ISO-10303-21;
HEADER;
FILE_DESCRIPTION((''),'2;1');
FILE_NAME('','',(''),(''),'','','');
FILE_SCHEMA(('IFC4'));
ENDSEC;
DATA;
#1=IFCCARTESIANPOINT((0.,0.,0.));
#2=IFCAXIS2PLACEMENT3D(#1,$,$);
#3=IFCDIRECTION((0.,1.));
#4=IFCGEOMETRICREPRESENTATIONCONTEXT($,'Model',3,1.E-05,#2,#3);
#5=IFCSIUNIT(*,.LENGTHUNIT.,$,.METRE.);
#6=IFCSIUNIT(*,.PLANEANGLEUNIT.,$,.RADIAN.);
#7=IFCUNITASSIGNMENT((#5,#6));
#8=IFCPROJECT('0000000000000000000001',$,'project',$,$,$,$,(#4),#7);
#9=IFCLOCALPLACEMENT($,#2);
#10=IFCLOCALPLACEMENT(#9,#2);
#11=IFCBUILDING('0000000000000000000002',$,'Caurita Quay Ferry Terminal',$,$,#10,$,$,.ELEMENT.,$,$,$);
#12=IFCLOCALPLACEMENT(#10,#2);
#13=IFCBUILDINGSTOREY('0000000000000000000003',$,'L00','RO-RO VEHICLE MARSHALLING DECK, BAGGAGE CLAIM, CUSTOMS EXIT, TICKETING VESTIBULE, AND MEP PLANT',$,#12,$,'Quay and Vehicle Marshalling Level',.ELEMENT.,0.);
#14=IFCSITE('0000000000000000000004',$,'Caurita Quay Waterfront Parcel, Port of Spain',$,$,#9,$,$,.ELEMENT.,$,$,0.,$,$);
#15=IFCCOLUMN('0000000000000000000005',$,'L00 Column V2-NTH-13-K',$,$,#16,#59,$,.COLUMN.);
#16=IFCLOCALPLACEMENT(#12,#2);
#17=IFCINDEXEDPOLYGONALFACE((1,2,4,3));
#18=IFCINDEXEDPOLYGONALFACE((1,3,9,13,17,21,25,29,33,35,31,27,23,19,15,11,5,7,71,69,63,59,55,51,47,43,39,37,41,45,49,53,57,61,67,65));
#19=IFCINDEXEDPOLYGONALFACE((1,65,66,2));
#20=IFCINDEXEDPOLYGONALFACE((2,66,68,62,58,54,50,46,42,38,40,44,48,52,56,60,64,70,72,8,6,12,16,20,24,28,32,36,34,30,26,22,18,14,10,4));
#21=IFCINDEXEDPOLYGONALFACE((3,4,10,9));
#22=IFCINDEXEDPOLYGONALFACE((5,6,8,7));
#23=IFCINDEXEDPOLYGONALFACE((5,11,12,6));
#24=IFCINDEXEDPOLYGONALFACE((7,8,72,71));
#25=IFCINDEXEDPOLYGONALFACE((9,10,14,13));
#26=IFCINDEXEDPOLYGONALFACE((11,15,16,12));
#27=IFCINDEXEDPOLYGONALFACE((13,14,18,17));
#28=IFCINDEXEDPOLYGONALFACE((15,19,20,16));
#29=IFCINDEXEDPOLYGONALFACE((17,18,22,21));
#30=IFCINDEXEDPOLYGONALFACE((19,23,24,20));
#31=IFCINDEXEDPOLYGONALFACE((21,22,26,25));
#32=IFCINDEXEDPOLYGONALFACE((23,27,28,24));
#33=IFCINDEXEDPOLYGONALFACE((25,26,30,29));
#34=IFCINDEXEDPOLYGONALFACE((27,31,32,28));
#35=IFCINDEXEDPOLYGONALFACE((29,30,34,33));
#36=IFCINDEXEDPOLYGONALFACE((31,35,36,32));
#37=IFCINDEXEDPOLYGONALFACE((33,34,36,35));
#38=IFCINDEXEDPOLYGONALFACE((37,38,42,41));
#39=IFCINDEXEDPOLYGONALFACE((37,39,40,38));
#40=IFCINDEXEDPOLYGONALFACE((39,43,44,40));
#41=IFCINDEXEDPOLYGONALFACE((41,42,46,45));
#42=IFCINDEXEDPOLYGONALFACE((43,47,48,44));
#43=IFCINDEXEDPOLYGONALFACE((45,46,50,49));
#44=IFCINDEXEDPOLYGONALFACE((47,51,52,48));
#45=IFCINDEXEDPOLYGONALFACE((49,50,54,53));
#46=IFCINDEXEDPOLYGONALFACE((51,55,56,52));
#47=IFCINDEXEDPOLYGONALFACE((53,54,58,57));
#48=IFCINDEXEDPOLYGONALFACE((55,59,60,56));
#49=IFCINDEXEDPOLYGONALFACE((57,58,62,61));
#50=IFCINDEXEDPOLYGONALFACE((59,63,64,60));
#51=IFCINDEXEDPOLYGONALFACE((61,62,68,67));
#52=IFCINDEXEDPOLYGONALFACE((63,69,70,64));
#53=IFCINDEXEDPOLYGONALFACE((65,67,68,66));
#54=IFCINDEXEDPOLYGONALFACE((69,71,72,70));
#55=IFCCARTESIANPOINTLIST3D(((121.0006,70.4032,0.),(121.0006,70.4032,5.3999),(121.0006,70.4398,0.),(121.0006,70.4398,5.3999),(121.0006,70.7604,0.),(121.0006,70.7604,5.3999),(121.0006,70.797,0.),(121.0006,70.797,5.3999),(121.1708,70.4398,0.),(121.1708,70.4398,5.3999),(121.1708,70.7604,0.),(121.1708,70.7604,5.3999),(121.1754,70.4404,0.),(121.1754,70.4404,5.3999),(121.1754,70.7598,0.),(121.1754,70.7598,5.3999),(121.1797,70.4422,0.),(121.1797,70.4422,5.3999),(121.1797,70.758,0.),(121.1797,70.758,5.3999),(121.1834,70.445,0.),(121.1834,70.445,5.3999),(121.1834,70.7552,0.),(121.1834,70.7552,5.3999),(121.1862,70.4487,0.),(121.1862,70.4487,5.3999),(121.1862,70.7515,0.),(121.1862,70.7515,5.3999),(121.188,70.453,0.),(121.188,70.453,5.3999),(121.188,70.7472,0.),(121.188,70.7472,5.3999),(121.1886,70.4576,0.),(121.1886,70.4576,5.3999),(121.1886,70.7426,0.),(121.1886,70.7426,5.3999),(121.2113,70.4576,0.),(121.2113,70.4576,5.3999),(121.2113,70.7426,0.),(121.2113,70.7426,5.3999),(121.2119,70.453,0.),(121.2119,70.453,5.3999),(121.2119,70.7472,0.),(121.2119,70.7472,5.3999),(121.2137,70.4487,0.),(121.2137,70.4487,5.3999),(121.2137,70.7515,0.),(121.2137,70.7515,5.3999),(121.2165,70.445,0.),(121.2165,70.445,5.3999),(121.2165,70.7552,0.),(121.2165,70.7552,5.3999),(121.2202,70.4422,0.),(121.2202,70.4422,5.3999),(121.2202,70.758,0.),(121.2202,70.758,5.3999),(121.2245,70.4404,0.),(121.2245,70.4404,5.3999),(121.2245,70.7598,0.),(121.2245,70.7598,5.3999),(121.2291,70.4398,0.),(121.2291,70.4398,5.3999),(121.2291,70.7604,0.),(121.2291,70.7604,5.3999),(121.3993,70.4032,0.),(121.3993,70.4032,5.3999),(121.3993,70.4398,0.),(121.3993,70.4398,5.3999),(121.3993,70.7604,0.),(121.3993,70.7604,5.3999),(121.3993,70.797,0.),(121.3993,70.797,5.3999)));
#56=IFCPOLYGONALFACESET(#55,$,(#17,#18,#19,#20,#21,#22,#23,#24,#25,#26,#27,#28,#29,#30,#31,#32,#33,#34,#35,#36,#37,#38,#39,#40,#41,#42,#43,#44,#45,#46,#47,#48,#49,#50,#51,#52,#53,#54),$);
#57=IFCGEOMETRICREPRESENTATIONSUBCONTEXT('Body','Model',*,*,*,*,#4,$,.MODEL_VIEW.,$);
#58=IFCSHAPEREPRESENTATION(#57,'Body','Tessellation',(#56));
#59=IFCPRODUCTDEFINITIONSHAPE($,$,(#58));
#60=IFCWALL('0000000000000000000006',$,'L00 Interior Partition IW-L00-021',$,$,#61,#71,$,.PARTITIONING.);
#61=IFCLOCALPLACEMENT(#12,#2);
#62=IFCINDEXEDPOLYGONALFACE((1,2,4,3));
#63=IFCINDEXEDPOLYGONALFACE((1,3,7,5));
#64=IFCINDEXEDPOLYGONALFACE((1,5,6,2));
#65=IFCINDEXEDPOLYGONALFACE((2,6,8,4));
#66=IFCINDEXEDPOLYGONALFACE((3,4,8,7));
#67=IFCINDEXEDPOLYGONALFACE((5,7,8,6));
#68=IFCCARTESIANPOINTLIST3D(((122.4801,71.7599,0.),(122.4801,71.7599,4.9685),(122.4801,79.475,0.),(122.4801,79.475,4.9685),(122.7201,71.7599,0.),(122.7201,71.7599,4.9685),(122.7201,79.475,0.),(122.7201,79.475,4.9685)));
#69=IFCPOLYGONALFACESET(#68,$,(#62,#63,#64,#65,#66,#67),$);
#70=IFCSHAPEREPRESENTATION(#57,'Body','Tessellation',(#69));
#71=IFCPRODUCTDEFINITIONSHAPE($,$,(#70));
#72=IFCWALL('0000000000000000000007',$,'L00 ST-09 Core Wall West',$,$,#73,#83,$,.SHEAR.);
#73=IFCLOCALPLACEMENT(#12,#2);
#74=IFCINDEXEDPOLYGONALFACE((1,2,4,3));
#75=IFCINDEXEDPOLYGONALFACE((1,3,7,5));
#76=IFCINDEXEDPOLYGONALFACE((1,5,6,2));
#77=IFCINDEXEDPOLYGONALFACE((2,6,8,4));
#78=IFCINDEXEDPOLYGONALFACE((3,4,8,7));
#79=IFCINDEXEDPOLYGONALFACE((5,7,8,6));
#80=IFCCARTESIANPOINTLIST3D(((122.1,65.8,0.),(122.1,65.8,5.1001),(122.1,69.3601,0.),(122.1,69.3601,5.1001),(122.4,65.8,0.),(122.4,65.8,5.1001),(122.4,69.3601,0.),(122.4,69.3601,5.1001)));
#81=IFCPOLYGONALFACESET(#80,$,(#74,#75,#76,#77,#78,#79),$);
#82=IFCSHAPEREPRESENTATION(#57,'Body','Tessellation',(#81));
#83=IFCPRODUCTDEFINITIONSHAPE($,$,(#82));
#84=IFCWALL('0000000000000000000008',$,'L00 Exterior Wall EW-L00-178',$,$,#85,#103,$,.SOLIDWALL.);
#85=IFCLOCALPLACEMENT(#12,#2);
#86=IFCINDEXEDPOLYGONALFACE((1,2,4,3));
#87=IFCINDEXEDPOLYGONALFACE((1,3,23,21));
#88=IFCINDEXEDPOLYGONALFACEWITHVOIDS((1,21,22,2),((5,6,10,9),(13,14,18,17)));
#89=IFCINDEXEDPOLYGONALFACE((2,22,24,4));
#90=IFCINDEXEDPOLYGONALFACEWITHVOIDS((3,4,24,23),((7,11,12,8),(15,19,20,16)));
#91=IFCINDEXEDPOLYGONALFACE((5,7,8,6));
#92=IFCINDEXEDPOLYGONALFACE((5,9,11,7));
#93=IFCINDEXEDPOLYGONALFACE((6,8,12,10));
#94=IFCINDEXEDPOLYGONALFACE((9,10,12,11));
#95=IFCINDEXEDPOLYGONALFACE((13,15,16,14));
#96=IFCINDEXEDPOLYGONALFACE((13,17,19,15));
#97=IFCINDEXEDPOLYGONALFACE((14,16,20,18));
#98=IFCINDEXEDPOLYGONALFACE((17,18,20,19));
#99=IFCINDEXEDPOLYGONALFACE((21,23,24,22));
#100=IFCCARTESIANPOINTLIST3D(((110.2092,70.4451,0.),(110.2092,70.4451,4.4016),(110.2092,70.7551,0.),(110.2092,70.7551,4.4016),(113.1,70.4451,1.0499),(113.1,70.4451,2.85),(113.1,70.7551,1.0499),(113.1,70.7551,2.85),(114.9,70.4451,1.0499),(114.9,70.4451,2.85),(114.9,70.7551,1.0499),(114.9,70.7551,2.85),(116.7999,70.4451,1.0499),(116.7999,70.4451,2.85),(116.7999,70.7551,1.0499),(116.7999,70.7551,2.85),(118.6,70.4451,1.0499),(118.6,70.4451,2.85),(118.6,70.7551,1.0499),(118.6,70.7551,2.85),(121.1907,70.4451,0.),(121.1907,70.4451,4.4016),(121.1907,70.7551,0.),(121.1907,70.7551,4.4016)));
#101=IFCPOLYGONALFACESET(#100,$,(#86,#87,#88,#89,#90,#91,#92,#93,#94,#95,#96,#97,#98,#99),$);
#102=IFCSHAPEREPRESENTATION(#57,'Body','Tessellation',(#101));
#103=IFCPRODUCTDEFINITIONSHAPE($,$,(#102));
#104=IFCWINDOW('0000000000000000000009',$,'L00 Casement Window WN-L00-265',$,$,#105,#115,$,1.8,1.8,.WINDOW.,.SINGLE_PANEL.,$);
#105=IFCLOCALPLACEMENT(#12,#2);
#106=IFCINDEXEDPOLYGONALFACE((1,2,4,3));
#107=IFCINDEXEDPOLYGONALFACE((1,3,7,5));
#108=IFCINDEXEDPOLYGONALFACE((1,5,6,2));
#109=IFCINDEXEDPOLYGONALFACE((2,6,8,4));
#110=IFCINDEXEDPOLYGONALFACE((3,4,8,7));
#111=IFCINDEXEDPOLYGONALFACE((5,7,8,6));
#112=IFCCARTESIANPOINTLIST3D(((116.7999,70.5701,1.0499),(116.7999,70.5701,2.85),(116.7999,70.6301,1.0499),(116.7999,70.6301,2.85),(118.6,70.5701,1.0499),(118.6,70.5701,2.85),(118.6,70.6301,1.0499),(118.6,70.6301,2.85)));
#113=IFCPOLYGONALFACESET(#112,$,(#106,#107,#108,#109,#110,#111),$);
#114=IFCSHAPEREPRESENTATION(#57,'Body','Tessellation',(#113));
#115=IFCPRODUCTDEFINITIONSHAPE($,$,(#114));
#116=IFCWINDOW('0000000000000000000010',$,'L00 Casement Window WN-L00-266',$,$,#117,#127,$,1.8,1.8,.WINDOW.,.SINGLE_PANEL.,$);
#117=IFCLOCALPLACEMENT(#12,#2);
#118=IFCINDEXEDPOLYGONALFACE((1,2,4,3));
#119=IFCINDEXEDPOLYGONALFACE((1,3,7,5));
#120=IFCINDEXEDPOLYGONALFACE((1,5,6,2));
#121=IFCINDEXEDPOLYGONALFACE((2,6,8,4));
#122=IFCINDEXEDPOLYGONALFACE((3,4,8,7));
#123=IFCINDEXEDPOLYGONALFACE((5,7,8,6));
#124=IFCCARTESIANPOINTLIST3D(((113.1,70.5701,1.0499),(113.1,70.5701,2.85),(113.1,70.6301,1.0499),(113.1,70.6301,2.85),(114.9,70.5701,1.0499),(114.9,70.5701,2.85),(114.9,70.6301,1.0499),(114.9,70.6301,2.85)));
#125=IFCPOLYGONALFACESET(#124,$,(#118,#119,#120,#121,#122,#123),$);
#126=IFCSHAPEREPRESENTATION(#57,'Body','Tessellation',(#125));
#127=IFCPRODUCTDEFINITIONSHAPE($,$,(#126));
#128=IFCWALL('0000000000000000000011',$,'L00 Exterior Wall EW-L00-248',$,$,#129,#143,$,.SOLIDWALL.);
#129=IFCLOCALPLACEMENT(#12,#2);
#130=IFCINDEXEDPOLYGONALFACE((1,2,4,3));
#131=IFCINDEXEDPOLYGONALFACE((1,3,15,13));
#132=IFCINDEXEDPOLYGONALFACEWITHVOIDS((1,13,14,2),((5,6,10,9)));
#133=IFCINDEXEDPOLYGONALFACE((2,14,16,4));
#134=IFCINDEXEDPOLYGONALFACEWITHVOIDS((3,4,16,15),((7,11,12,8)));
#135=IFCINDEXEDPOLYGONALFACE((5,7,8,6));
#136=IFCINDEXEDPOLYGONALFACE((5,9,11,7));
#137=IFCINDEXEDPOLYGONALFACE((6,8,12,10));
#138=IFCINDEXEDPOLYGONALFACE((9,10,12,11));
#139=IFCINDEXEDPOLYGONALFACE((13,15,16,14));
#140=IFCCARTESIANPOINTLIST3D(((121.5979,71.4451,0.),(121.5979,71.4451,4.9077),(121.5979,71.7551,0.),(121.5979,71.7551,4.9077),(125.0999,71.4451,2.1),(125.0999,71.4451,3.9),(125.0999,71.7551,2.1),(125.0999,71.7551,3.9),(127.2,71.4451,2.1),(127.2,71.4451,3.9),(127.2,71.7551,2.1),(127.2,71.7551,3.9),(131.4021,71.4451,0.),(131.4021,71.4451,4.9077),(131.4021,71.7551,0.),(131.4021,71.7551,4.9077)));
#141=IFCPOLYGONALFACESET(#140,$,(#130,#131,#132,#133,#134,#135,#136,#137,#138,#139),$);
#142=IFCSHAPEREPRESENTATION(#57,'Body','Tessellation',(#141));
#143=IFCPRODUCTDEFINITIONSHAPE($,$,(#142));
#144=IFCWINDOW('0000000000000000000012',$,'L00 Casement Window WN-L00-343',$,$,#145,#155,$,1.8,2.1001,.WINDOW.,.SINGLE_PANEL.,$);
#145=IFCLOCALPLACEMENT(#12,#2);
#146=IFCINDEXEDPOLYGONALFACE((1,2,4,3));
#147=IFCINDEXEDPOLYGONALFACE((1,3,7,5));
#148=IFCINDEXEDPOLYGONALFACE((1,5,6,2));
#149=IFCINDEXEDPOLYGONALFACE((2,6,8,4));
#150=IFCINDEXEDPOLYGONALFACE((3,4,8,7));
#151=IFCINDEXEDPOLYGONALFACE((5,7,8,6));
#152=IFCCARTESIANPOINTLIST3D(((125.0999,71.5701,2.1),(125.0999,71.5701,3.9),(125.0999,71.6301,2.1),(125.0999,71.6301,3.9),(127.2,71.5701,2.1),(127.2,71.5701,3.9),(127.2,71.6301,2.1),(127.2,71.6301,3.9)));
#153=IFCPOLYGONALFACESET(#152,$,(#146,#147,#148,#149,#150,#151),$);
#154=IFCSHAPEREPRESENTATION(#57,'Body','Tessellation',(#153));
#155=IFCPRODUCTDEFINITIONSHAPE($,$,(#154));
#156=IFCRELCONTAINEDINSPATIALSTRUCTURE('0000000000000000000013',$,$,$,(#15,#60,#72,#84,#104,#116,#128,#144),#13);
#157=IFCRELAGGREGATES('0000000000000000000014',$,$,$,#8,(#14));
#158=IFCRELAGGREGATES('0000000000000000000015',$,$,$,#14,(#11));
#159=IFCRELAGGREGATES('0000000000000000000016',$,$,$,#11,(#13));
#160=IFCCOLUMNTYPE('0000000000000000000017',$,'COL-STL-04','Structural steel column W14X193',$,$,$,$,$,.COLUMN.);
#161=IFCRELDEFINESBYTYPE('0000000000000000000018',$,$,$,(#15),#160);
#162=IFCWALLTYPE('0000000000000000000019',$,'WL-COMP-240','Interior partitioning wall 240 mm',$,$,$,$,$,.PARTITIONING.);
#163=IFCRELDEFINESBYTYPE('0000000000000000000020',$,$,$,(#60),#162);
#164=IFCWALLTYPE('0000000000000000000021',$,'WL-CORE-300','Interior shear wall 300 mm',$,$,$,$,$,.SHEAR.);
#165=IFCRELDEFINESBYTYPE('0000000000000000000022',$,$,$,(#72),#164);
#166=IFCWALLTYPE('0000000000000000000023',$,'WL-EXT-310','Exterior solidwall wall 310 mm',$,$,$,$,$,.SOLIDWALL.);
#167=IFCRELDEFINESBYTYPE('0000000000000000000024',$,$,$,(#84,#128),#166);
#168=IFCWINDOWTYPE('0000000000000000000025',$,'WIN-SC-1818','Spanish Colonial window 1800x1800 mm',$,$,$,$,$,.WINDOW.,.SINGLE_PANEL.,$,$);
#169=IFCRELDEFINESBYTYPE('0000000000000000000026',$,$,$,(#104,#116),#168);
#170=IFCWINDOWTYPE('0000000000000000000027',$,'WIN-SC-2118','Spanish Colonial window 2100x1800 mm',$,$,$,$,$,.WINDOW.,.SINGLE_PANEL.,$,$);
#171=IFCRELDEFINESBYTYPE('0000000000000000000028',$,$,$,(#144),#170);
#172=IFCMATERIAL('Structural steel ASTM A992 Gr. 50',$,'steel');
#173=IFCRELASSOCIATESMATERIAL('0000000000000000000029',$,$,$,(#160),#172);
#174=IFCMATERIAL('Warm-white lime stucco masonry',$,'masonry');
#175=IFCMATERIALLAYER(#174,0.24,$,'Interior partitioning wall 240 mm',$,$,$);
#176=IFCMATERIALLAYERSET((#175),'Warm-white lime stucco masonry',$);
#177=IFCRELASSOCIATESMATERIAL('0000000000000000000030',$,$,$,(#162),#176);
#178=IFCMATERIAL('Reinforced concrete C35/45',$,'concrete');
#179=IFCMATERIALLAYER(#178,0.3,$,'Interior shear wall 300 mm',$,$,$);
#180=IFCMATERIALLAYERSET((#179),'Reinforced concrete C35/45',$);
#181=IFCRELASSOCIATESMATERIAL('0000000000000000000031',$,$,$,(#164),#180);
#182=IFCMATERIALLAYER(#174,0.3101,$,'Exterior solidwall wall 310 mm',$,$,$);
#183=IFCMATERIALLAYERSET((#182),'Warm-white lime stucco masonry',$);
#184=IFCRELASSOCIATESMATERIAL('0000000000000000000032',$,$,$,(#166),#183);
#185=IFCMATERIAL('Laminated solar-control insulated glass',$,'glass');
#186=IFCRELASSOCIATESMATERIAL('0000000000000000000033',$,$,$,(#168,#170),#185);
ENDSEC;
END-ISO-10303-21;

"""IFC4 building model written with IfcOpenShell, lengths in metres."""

from ifc_helpers import new_model, si_unit, direction, frame, frame_2d, origin, origin_2d, place, context, subcontext, project, spatial, rectangle, i_section, extrude, material, layer, layer_set, material_profile, profile_set, type_object, element, fill, save


model = new_model("IFC4")

# Units and contexts
model_context = context("Model", 3, precision=1e-05, world=origin(), true_north=direction((0.0, 1.0)))
body_context = subcontext(model_context, "Body", "Model", "MODEL_VIEW")
ifc_project = project(units=[si_unit("LENGTHUNIT", "METRE"), si_unit("PLANEANGLEUNIT", "RADIAN")], contexts=[model_context])

# Site, building, storey
site_placement = place(None, origin())
site = spatial("IfcSite", under=ifc_project, at=site_placement, Name="Caurita Quay Waterfront Parcel, Port of Spain", CompositionType="ELEMENT", RefElevation=0.0)
building_placement = place(site_placement, origin())
building = spatial("IfcBuilding", under=site, at=building_placement, Name="Caurita Quay Ferry Terminal", CompositionType="ELEMENT")
storey_placement = place(building_placement, origin())
storey = spatial("IfcBuildingStorey", under=building, at=storey_placement, Name="L00", Description="RO-RO VEHICLE MARSHALLING DECK, BAGGAGE CLAIM, CUSTOMS EXIT, TICKETING VESTIBULE, AND MEP PLANT", LongName="Quay and Vehicle Marshalling Level", CompositionType="ELEMENT", Elevation=0.0)

# Column
ifc_material_1 = material(Name="Structural steel ASTM A992 Gr. 50", Category="steel")
ifc_material_profile_1 = material_profile(ifc_material_1, i_section(OverallWidth=0.3987, OverallDepth=0.3938, WebThickness=0.0227, FlangeThickness=0.0366, FilletRadius=0.0178, at=origin_2d()), Name="W14X193")
ifc_profile_set_1 = profile_set([ifc_material_profile_1], Name="Structural steel ASTM A992 Gr. 50")
column_type_1 = type_object("IfcColumnType", Name="COL-STL-04", Description="Structural steel column W14X193", PredefinedType="COLUMN", material=ifc_profile_set_1)
column_1_placement = place(storey_placement, frame((121.2, 70.6001, 0.0), z_axis=(0.0, 0.0, 1.0), x_axis=(1.0, 0.0, 0.0)))
element("IfcColumn", 1, at=column_1_placement, inside=storey, type_object=column_type_1, Name="L00 Column V2-NTH-13-K", PredefinedType="COLUMN", context=body_context, shape_type="SweptSolid", body=[
    extrude(i_section(OverallWidth=0.3987, OverallDepth=0.3938, WebThickness=0.0227, FlangeThickness=0.0366, FilletRadius=0.0178, at=origin_2d()), origin(), (0.0, 0.0, 1.0), 5.3999),
])

# Walls
ifc_material_2 = material(Name="Warm-white lime stucco masonry", Category="masonry")
ifc_layer_1 = layer(ifc_material_2, 0.24, Name="Interior partitioning wall 240 mm")
ifc_layer_set_1 = layer_set([ifc_layer_1], Name="Warm-white lime stucco masonry")
wall_type_1 = type_object("IfcWallType", Name="WL-COMP-240", Description="Interior partitioning wall 240 mm", PredefinedType="PARTITIONING", material=ifc_layer_set_1)
wall_1_placement = place(storey_placement, frame((122.6001, 71.76, 0.0), z_axis=(0.0, 0.0, 1.0), x_axis=(0.0, 1.0, 0.0)))
element("IfcWall", 2, at=wall_1_placement, inside=storey, type_object=wall_type_1, Name="L00 Interior Partition IW-L00-021", PredefinedType="PARTITIONING", context=body_context, shape_type="SweptSolid", body=[
    extrude(rectangle(XDim=7.7151, YDim=0.24, at=frame_2d((3.8574, 0.0))), origin(), (0.0, 0.0, 1.0), 4.9685),
])
ifc_material_3 = material(Name="Reinforced concrete C35/45", Category="concrete")
ifc_layer_2 = layer(ifc_material_3, 0.3, Name="Interior shear wall 300 mm")
ifc_layer_set_2 = layer_set([ifc_layer_2], Name="Reinforced concrete C35/45")
wall_type_2 = type_object("IfcWallType", Name="WL-CORE-300", Description="Interior shear wall 300 mm", PredefinedType="SHEAR", material=ifc_layer_set_2)
wall_2_placement = place(storey_placement, frame((122.25, 69.3601, 0.0), z_axis=(0.0, 0.0, 1.0), x_axis=(0.0, -1.0, 0.0)))
element("IfcWall", 3, at=wall_2_placement, inside=storey, type_object=wall_type_2, Name="L00 ST-09 Core Wall West", PredefinedType="SHEAR", context=body_context, shape_type="SweptSolid", body=[
    extrude(rectangle(XDim=3.5601, YDim=0.3, at=frame_2d((1.78, 0.0))), origin(), (0.0, 0.0, 1.0), 5.1001),
])

# Wall, openings, windows
ifc_layer_3 = layer(ifc_material_2, 0.3101, Name="Exterior solidwall wall 310 mm")
ifc_layer_set_3 = layer_set([ifc_layer_3], Name="Warm-white lime stucco masonry")
wall_type_3 = type_object("IfcWallType", Name="WL-EXT-310", Description="Exterior solidwall wall 310 mm", PredefinedType="SOLIDWALL", material=ifc_layer_set_3)
wall_3_placement = place(storey_placement, frame((121.1907, 70.6001, 0.0), z_axis=(0.0, 0.0, 1.0), x_axis=(-1.0, 0.0, 0.0)))
wall_3 = element("IfcWall", 4, at=wall_3_placement, inside=storey, type_object=wall_type_3, Name="L00 Exterior Wall EW-L00-178", PredefinedType="SOLIDWALL", context=body_context, shape_type="SweptSolid", body=[
    extrude(rectangle(XDim=10.9814, YDim=0.3101, at=frame_2d((5.4907, 0.0))), origin(), (0.0, 0.0, 1.0), 4.4016),
])
opening_1_placement = place(wall_3_placement, frame((2.5908, 0.0, 1.05)))
opening_1 = element("IfcOpeningElement", 5, at=opening_1_placement, cuts=wall_3, PredefinedType="OPENING", context=body_context, shape_type="SweptSolid", body=[
    extrude(rectangle(XDim=1.8, YDim=1.8, at=frame_2d((0.8999, 0.8999))), frame((0.0, 0.165, 0.0), z_axis=(0.0, -1.0, 0.0), x_axis=(1.0, 0.0, 0.0)), (0.0, 0.0, 1.0), 0.3301),
])
opening_2_placement = place(wall_3_placement, frame((6.2908, 0.0, 1.05)))
opening_2 = element("IfcOpeningElement", 6, at=opening_2_placement, cuts=wall_3, PredefinedType="OPENING", context=body_context, shape_type="SweptSolid", body=[
    extrude(rectangle(XDim=1.8, YDim=1.8, at=frame_2d((0.8999, 0.8999))), frame((0.0, 0.165, 0.0), z_axis=(0.0, -1.0, 0.0), x_axis=(1.0, 0.0, 0.0)), (0.0, 0.0, 1.0), 0.3301),
])
ifc_material_4 = material(Name="Laminated solar-control insulated glass", Category="glass")
window_type_1 = type_object("IfcWindowType", Name="WIN-SC-1818", Description="Spanish Colonial window 1800x1800 mm", PartitioningType="SINGLE_PANEL", PredefinedType="WINDOW", material=ifc_material_4)
window_1_placement = place(opening_1_placement, origin())
window_1 = element("IfcWindow", 7, at=window_1_placement, inside=storey, type_object=window_type_1, Name="L00 Casement Window WN-L00-265", OverallHeight=1.8, OverallWidth=1.8, PartitioningType="SINGLE_PANEL", PredefinedType="WINDOW", context=body_context, shape_type="SweptSolid", body=[
    extrude(rectangle(XDim=1.8, YDim=1.8, at=frame_2d((0.8999, 0.8999))), frame((0.0, 0.03, 0.0), z_axis=(0.0, -1.0, 0.0), x_axis=(1.0, 0.0, 0.0)), (0.0, 0.0, 1.0), 0.0601),
])
fill(opening_1, window_1)
window_2_placement = place(opening_2_placement, origin())
window_2 = element("IfcWindow", 8, at=window_2_placement, inside=storey, type_object=window_type_1, Name="L00 Casement Window WN-L00-266", OverallHeight=1.8, OverallWidth=1.8, PartitioningType="SINGLE_PANEL", PredefinedType="WINDOW", context=body_context, shape_type="SweptSolid", body=[
    extrude(rectangle(XDim=1.8, YDim=1.8, at=frame_2d((0.8999, 0.8999))), frame((0.0, 0.03, 0.0), z_axis=(0.0, -1.0, 0.0), x_axis=(1.0, 0.0, 0.0)), (0.0, 0.0, 1.0), 0.0601),
])
fill(opening_2, window_2)

# Wall, opening, window
wall_4_placement = place(storey_placement, frame((121.5979, 71.6001, 0.0), z_axis=(0.0, 0.0, 1.0), x_axis=(1.0, 0.0, 0.0)))
wall_4 = element("IfcWall", 9, at=wall_4_placement, inside=storey, type_object=wall_type_3, Name="L00 Exterior Wall EW-L00-248", PredefinedType="SOLIDWALL", context=body_context, shape_type="SweptSolid", body=[
    extrude(rectangle(XDim=9.8042, YDim=0.3101, at=frame_2d((4.9021, 0.0))), origin(), (0.0, 0.0, 1.0), 4.9077),
])
opening_3_placement = place(wall_4_placement, frame((3.502, 0.0, 2.1001)))
opening_3 = element("IfcOpeningElement", 10, at=opening_3_placement, cuts=wall_4, PredefinedType="OPENING", context=body_context, shape_type="SweptSolid", body=[
    extrude(rectangle(XDim=2.1001, YDim=1.8, at=frame_2d((1.05, 0.8999))), frame((0.0, 0.165, 0.0), z_axis=(0.0, -1.0, 0.0), x_axis=(1.0, 0.0, 0.0)), (0.0, 0.0, 1.0), 0.3301),
])
window_type_2 = type_object("IfcWindowType", Name="WIN-SC-2118", Description="Spanish Colonial window 2100x1800 mm", PartitioningType="SINGLE_PANEL", PredefinedType="WINDOW", material=ifc_material_4)
window_3_placement = place(opening_3_placement, origin())
window_3 = element("IfcWindow", 11, at=window_3_placement, inside=storey, type_object=window_type_2, Name="L00 Casement Window WN-L00-343", OverallHeight=1.8, OverallWidth=2.1001, PartitioningType="SINGLE_PANEL", PredefinedType="WINDOW", context=body_context, shape_type="SweptSolid", body=[
    extrude(rectangle(XDim=2.1001, YDim=1.8, at=frame_2d((1.05, 0.8999))), frame((0.0, 0.03, 0.0), z_axis=(0.0, -1.0, 0.0), x_axis=(1.0, 0.0, 0.0)), (0.0, 0.0, 1.0), 0.0601),
])
fill(opening_3, window_3)

save(model, "model.ifc")
